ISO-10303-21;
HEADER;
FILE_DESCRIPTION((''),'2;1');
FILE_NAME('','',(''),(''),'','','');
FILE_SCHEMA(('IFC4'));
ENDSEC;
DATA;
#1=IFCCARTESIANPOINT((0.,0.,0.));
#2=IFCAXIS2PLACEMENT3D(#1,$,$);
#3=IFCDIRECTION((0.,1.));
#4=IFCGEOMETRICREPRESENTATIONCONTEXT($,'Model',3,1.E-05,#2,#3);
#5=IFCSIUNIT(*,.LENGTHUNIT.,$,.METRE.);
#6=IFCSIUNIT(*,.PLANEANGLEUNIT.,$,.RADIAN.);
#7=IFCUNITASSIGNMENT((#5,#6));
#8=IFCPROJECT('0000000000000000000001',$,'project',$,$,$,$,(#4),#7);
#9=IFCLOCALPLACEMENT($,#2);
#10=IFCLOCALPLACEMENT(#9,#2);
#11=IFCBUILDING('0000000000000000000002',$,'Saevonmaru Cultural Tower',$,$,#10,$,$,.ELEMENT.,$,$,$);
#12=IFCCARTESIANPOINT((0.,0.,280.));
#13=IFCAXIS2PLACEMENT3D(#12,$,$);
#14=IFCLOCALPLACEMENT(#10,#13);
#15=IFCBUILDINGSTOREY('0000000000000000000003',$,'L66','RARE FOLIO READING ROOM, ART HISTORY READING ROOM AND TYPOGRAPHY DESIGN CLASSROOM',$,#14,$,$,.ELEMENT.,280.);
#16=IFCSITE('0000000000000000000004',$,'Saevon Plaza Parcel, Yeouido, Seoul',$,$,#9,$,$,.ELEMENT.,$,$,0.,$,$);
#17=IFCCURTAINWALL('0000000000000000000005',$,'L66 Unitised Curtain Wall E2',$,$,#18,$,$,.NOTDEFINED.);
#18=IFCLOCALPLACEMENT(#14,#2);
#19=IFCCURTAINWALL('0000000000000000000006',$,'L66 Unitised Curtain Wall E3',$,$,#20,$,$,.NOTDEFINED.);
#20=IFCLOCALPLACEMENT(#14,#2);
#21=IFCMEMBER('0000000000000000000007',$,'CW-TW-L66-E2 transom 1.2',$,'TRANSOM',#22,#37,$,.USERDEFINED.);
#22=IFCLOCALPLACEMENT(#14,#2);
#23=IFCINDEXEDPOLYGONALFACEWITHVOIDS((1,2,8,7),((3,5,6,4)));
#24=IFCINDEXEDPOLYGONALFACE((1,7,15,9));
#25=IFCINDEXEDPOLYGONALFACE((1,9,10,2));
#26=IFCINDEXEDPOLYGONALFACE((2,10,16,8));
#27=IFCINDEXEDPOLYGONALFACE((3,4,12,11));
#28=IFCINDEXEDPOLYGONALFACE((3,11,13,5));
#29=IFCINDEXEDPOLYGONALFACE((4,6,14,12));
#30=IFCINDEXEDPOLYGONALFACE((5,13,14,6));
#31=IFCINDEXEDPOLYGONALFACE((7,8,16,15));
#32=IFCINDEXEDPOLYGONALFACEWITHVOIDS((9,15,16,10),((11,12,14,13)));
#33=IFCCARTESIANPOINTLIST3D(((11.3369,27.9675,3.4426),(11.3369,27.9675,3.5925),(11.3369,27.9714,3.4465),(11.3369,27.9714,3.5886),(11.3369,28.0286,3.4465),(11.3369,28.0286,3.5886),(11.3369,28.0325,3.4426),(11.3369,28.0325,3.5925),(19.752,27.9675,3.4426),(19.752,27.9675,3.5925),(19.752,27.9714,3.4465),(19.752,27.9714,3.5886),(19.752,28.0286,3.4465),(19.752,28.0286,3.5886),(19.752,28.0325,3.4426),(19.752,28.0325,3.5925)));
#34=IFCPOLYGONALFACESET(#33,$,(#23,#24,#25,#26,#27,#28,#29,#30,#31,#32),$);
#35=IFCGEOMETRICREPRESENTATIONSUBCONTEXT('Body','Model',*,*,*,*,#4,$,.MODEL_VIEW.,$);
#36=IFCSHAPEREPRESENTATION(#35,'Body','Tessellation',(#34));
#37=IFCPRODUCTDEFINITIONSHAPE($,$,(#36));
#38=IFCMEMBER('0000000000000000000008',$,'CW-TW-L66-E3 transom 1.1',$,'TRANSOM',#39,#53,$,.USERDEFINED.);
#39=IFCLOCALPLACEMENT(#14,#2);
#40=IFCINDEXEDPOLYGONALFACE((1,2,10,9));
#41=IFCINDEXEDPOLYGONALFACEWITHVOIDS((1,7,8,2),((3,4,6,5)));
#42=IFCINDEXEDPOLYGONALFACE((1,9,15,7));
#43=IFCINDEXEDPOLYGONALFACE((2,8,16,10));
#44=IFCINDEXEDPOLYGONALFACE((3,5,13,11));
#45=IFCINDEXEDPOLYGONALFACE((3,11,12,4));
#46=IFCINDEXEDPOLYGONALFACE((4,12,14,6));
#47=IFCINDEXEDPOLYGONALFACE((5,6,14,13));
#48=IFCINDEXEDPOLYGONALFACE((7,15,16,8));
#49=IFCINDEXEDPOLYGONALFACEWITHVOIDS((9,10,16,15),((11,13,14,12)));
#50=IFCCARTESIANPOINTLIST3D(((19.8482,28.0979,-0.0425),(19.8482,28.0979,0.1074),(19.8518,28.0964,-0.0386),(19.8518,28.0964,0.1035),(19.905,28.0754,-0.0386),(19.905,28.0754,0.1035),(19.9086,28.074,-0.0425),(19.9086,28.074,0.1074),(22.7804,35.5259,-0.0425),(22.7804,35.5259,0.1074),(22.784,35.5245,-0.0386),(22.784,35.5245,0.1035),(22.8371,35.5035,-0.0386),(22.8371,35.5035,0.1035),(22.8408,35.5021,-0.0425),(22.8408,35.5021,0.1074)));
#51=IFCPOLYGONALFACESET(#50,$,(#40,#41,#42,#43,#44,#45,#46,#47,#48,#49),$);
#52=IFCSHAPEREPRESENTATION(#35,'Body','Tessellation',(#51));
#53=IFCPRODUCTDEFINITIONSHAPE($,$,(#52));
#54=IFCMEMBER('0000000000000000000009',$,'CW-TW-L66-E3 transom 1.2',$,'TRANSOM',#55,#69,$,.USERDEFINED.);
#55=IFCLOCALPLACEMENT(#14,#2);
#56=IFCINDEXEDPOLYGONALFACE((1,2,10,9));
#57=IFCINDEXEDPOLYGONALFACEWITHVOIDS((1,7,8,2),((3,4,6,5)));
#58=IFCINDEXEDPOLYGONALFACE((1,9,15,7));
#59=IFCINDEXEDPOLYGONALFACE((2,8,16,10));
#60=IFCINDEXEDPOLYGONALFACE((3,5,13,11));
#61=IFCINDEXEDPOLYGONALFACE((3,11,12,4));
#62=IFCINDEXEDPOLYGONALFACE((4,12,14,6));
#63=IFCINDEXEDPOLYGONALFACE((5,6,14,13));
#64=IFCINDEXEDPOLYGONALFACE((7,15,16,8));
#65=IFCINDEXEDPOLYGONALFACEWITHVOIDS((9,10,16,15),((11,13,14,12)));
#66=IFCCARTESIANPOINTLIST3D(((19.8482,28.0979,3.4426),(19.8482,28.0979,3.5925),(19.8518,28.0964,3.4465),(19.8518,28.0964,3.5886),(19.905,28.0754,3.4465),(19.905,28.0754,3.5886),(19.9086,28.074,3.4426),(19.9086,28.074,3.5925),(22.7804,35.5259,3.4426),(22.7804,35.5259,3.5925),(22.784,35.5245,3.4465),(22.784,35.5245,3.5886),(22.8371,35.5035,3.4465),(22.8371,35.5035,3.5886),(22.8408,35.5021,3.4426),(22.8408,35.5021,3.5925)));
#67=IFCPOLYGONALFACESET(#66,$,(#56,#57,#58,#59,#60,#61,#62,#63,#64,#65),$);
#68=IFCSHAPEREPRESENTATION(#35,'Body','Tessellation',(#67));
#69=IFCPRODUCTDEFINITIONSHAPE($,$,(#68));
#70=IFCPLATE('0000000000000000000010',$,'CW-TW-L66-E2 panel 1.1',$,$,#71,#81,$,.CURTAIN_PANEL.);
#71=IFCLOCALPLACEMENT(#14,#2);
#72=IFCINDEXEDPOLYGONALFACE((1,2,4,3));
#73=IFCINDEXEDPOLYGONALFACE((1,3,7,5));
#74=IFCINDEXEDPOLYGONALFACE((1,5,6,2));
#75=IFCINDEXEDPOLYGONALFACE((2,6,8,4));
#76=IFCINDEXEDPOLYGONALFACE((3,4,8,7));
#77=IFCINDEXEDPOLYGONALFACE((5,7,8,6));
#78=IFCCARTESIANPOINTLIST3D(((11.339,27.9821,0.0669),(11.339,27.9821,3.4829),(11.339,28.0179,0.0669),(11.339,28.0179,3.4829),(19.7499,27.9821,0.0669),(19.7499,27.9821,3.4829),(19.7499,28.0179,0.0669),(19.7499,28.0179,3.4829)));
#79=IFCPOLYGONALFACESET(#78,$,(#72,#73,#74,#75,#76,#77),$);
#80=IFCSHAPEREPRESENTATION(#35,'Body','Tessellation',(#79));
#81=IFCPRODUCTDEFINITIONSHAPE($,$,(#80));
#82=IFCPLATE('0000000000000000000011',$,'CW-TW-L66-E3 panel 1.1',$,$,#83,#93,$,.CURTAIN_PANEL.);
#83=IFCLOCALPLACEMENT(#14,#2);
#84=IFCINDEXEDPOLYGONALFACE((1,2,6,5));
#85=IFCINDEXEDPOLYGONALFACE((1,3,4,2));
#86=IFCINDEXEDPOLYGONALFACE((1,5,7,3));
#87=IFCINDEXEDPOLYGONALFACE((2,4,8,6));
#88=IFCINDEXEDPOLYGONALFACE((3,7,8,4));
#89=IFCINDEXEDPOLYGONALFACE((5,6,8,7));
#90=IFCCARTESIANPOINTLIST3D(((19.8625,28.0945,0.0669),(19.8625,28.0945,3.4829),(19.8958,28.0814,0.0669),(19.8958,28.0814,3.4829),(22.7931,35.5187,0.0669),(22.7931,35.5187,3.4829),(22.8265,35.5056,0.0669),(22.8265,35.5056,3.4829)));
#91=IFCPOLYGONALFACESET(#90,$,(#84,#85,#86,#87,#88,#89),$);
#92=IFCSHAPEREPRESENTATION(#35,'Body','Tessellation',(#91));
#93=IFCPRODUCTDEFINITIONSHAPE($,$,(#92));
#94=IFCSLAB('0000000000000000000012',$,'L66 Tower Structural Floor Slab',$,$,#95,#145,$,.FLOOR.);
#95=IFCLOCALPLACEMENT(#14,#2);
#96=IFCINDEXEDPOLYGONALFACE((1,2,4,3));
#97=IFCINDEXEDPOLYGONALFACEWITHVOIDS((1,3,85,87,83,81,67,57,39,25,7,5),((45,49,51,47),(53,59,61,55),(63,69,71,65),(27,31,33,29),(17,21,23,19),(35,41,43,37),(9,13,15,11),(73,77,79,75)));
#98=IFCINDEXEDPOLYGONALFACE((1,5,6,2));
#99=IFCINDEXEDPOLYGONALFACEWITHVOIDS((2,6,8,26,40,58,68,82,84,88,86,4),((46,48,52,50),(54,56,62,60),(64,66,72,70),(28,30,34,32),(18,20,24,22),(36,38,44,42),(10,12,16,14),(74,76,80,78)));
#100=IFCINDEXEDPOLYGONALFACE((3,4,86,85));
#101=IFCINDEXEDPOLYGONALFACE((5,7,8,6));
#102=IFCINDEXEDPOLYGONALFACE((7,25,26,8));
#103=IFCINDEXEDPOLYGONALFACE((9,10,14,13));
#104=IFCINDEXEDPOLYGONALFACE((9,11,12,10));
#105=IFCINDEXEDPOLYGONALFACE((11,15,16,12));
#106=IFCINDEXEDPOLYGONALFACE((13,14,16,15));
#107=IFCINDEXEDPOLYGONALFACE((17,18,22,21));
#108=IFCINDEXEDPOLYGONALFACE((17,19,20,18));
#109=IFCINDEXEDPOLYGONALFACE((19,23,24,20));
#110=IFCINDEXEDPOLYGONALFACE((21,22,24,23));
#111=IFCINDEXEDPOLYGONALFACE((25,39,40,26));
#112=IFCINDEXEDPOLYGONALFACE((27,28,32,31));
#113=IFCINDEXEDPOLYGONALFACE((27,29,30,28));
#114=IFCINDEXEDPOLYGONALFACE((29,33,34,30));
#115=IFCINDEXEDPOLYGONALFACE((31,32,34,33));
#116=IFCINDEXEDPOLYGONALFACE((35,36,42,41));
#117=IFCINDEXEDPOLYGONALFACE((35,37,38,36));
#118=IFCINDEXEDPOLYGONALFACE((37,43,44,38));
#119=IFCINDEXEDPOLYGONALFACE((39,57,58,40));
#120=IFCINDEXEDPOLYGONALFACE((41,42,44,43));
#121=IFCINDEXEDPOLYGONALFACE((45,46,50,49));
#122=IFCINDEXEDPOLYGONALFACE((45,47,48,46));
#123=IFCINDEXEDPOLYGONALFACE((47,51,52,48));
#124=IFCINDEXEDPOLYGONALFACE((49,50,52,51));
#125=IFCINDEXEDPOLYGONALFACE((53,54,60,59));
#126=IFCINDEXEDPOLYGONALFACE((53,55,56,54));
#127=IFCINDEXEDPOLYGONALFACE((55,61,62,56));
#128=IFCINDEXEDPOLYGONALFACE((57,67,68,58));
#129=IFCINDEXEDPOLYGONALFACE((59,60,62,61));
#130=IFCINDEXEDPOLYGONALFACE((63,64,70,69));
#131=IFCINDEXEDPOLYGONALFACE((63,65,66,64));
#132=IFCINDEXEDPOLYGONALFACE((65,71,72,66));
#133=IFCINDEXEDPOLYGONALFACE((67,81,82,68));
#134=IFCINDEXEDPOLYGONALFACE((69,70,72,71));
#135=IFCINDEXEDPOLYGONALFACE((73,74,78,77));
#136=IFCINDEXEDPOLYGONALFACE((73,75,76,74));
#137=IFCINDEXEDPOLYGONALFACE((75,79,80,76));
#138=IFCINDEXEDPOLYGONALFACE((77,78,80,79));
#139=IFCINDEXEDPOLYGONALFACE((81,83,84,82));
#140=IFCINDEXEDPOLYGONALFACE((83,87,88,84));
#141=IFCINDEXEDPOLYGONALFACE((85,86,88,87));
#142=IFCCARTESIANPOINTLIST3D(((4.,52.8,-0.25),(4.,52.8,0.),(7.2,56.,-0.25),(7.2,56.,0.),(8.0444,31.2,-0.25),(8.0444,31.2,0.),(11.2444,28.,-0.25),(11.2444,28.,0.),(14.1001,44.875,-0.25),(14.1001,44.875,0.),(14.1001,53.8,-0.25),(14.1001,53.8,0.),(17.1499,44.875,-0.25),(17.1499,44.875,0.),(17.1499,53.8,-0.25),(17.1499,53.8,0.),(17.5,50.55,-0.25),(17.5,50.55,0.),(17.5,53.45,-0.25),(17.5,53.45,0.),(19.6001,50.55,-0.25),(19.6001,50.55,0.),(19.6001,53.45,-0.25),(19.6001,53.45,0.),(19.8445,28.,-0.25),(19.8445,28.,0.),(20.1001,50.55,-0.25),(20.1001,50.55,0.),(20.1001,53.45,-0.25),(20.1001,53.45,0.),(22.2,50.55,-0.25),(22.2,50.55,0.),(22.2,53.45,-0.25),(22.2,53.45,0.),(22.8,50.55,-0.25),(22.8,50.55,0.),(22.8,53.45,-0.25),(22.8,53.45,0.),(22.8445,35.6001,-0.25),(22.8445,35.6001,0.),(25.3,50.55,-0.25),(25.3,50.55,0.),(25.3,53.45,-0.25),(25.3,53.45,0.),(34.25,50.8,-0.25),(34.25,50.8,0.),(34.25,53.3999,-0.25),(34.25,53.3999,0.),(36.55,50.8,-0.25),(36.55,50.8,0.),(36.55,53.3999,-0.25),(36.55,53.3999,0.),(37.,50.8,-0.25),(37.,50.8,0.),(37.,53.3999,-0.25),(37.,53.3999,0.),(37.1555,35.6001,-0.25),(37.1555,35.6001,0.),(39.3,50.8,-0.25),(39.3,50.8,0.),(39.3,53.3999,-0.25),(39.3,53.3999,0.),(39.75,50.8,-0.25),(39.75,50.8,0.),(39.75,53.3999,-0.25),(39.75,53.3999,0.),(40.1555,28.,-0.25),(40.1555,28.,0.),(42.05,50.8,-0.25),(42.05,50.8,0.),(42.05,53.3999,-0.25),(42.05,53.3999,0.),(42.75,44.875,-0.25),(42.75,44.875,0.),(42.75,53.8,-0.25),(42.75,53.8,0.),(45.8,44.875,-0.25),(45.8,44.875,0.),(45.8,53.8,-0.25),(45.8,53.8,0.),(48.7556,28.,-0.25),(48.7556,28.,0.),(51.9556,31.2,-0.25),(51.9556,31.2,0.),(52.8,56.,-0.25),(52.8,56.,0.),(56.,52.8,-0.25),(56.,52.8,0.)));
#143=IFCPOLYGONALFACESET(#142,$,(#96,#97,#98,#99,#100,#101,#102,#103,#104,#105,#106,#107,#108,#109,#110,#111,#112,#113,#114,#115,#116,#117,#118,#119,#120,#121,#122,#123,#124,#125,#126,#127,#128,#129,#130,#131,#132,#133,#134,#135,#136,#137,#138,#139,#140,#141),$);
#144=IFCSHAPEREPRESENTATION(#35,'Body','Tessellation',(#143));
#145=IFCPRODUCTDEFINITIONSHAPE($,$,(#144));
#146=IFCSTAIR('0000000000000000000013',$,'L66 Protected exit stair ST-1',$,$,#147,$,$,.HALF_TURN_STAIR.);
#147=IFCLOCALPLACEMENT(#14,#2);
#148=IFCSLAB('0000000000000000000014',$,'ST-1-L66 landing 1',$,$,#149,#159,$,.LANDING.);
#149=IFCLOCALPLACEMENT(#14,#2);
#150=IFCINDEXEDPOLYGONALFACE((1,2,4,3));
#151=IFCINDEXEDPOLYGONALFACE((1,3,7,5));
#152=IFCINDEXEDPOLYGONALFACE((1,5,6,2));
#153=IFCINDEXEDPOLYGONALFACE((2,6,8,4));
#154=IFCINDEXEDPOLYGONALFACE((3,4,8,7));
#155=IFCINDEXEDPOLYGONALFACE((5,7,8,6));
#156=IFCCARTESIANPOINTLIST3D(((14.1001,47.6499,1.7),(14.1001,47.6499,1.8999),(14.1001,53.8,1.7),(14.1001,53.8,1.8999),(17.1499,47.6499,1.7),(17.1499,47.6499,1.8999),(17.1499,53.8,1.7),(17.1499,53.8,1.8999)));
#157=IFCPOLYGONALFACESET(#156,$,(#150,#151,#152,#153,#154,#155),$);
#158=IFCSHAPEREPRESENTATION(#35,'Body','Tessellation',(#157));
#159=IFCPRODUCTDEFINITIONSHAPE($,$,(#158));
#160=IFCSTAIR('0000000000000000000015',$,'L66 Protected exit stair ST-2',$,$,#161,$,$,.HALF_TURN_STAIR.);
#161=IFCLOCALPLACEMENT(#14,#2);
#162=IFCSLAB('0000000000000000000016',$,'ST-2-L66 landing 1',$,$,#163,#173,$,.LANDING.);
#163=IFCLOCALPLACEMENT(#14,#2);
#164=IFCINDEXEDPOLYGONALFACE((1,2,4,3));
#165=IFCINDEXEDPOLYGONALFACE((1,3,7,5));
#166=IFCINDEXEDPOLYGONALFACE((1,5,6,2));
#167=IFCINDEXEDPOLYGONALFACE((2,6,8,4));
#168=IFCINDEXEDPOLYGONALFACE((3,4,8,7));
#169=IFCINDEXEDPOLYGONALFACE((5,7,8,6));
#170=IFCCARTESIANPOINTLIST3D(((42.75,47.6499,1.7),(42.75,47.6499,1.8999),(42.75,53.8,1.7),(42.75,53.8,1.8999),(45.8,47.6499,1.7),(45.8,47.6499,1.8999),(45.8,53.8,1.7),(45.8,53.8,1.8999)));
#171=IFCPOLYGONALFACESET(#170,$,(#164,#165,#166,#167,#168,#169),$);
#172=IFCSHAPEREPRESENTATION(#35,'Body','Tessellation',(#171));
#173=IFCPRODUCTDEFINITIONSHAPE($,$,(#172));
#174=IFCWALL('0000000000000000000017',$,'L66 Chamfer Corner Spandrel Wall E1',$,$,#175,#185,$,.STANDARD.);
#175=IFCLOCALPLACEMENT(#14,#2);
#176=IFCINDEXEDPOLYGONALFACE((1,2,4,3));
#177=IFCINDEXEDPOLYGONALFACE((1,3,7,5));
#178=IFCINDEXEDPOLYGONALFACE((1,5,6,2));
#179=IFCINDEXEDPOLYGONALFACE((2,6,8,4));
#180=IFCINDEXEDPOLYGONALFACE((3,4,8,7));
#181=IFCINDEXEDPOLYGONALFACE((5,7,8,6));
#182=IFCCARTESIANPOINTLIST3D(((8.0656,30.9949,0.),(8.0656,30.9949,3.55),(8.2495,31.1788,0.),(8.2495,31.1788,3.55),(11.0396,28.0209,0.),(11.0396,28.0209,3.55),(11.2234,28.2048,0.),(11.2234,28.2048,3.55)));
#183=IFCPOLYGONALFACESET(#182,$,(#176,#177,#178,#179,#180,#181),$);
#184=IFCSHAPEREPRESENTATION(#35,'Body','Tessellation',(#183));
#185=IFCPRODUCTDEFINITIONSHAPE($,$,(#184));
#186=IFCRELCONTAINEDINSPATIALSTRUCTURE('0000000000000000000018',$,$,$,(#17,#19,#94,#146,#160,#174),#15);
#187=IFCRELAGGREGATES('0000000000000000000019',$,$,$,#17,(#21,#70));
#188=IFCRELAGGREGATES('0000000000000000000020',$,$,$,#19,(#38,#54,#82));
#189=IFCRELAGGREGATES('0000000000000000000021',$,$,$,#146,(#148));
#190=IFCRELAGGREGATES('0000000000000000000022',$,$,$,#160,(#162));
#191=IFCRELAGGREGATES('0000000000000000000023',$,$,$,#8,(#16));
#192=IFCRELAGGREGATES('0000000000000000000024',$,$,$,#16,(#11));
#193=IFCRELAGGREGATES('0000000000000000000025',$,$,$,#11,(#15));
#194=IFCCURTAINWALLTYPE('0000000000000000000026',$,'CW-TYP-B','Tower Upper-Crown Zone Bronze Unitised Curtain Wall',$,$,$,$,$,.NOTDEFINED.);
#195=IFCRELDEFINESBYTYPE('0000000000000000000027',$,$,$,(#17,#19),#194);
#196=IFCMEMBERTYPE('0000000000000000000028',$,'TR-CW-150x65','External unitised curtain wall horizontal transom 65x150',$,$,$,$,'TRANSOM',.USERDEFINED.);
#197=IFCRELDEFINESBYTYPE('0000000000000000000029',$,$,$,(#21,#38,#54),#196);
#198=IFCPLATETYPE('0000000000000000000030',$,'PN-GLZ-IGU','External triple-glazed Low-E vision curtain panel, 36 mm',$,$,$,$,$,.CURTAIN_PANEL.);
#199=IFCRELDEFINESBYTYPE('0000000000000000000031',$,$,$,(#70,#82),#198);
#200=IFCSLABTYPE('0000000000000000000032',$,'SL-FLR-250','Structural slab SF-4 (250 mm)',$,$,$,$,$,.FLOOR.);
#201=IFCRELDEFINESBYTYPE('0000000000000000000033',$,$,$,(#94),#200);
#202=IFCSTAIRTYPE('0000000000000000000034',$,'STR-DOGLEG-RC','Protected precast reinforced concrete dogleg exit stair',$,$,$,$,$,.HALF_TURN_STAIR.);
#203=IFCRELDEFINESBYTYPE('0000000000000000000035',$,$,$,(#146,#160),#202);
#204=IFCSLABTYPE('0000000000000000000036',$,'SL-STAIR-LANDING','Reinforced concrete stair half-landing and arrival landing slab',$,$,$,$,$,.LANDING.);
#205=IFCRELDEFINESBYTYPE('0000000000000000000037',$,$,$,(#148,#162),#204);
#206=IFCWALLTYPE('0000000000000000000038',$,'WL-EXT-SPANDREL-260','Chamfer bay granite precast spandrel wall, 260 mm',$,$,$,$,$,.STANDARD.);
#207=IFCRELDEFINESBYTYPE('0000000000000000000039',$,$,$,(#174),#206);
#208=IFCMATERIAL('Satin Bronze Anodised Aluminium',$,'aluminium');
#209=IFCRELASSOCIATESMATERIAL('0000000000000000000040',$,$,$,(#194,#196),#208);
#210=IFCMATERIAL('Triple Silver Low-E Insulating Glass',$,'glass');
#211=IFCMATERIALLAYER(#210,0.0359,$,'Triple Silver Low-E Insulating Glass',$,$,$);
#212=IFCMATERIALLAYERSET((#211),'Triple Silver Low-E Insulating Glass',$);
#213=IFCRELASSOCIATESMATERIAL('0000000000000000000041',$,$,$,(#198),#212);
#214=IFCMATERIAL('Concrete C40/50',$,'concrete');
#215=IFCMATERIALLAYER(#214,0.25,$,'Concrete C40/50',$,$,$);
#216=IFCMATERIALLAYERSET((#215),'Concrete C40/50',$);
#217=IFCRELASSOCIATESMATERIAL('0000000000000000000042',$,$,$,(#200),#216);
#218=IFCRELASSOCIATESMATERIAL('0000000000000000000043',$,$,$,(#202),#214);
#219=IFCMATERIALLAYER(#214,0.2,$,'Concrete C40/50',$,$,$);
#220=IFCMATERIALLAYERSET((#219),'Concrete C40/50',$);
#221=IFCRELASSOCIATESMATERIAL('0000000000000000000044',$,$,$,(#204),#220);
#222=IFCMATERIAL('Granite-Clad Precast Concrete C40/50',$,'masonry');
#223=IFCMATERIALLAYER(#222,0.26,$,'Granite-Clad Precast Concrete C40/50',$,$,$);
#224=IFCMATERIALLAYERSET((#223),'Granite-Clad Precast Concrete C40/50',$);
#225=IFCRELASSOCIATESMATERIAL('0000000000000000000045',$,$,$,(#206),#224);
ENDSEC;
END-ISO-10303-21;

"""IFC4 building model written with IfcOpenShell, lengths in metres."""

from ifc_helpers import new_model, si_unit, direction, frame, frame_2d, origin, origin_2d, place, context, subcontext, project, spatial, polyline, rectangle, hollow_rectangle, outline, extrude, material, layer, layer_set, material_profile, profile_set, type_object, element, aggregate, save


model = new_model("IFC4")

# Units and contexts
model_context = context("Model", 3, precision=1e-05, world=origin(), true_north=direction((0.0, 1.0)))
body_context = subcontext(model_context, "Body", "Model", "MODEL_VIEW")
ifc_project = project(units=[si_unit("LENGTHUNIT", "METRE"), si_unit("PLANEANGLEUNIT", "RADIAN")], contexts=[model_context])

# Site, building, storey
site_placement = place(None, origin())
site = spatial("IfcSite", under=ifc_project, at=site_placement, Name="Saevon Plaza Parcel, Yeouido, Seoul", CompositionType="ELEMENT", RefElevation=0.0)
building_placement = place(site_placement, origin())
building = spatial("IfcBuilding", under=site, at=building_placement, Name="Saevonmaru Cultural Tower", CompositionType="ELEMENT")
storey_placement = place(building_placement, frame((0.0, 0.0, 280.0)))
storey = spatial("IfcBuildingStorey", under=building, at=storey_placement, Name="L66", Description="RARE FOLIO READING ROOM, ART HISTORY READING ROOM AND TYPOGRAPHY DESIGN CLASSROOM", CompositionType="ELEMENT", Elevation=280.0)

# Curtain wall
ifc_material_1 = material(Name="Satin Bronze Anodised Aluminium", Category="aluminium")
curtain_wall_type = type_object("IfcCurtainWallType", Name="CW-TYP-B", Description="Tower Upper-Crown Zone Bronze Unitised Curtain Wall", PredefinedType="NOTDEFINED", material=ifc_material_1)
curtain_wall_1_placement = place(storey_placement, origin())
curtain_wall_1 = element("IfcCurtainWall", 1, at=curtain_wall_1_placement, inside=storey, type_object=curtain_wall_type, Name="L66 Unitised Curtain Wall E2", PredefinedType="NOTDEFINED")

# Curtain wall
curtain_wall_2_placement = place(storey_placement, origin())
curtain_wall_2 = element("IfcCurtainWall", 2, at=curtain_wall_2_placement, inside=storey, type_object=curtain_wall_type, Name="L66 Unitised Curtain Wall E3", PredefinedType="NOTDEFINED")

# Members
ifc_material_profile_1 = material_profile(ifc_material_1, hollow_rectangle(XDim=0.0649, YDim=0.1499, WallThickness=0.0039, at=origin_2d()), Name="ALU-TRAN-150x65x4")
ifc_profile_set_1 = profile_set([ifc_material_profile_1], Name="Satin Bronze Anodised Aluminium")
member_type_1 = type_object("IfcMemberType", Name="TR-CW-150x65", Description="External unitised curtain wall horizontal transom 65x150", ElementType="TRANSOM", PredefinedType="USERDEFINED", material=ifc_profile_set_1)
member_1_placement = place(storey_placement, frame((11.3369, 28.0, 3.5176), z_axis=(1.0, 0.0, 0.0), x_axis=(0.0, 1.0, 0.0)))
member_1 = element("IfcMember", 3, at=member_1_placement, type_object=member_type_1, Name="CW-TW-L66-E2 transom 1.2", ObjectType="TRANSOM", PredefinedType="USERDEFINED", context=body_context, shape_type="SweptSolid", body=[
    extrude(hollow_rectangle(XDim=0.0649, YDim=0.1499, WallThickness=0.0039, at=origin_2d()), origin(), (0.0, 0.0, 1.0), 8.415),
])
member_2_placement = place(storey_placement, frame((19.8784, 28.0859, 0.0325), z_axis=(0.36717, 0.930154, 0.0), x_axis=(-0.930154, 0.36717, 0.0)))
member_2 = element("IfcMember", 4, at=member_2_placement, type_object=member_type_1, Name="CW-TW-L66-E3 transom 1.1", ObjectType="TRANSOM", PredefinedType="USERDEFINED", context=body_context, shape_type="SweptSolid", body=[
    extrude(hollow_rectangle(XDim=0.0649, YDim=0.1499, WallThickness=0.0039, at=origin_2d()), origin(), (0.0, 0.0, 1.0), 7.9858),
])
member_3_placement = place(storey_placement, frame((19.8784, 28.0859, 3.5176), z_axis=(0.36717, 0.930154, 0.0), x_axis=(-0.930154, 0.36717, 0.0)))
member_3 = element("IfcMember", 5, at=member_3_placement, type_object=member_type_1, Name="CW-TW-L66-E3 transom 1.2", ObjectType="TRANSOM", PredefinedType="USERDEFINED", context=body_context, shape_type="SweptSolid", body=[
    extrude(hollow_rectangle(XDim=0.0649, YDim=0.1499, WallThickness=0.0039, at=origin_2d()), origin(), (0.0, 0.0, 1.0), 7.9858),
])

# Plates
ifc_material_2 = material(Name="Triple Silver Low-E Insulating Glass", Category="glass")
ifc_layer_1 = layer(ifc_material_2, 0.0359, Name="Triple Silver Low-E Insulating Glass")
ifc_layer_set_1 = layer_set([ifc_layer_1], Name="Triple Silver Low-E Insulating Glass")
plate_type = type_object("IfcPlateType", Name="PN-GLZ-IGU", Description="External triple-glazed Low-E vision curtain panel, 36 mm", PredefinedType="CURTAIN_PANEL", material=ifc_layer_set_1)
plate_1_placement = place(storey_placement, frame((15.5444, 28.0, 0.0669), z_axis=(0.0, 0.0, 1.0), x_axis=(1.0, 0.0, 0.0)))
plate_1 = element("IfcPlate", 6, at=plate_1_placement, type_object=plate_type, Name="CW-TW-L66-E2 panel 1.1", PredefinedType="CURTAIN_PANEL", context=body_context, shape_type="SweptSolid", body=[
    extrude(rectangle(XDim=8.4109, YDim=0.0359, at=origin_2d()), origin(), (0.0, 0.0, 1.0), 3.416),
])
aggregate(curtain_wall_1, [member_1, plate_1])
plate_2_placement = place(storey_placement, frame((21.3445, 31.8, 0.0669), z_axis=(0.0, 0.0, 1.0), x_axis=(0.367172, 0.930153, 0.0)))
plate_2 = element("IfcPlate", 7, at=plate_2_placement, type_object=plate_type, Name="CW-TW-L66-E3 panel 1.1", PredefinedType="CURTAIN_PANEL", context=body_context, shape_type="SweptSolid", body=[
    extrude(rectangle(XDim=7.9817, YDim=0.0359, at=origin_2d()), origin(), (0.0, 0.0, 1.0), 3.416),
])
aggregate(curtain_wall_2, [member_2, member_3, plate_2])

# Slab
ifc_material_3 = material(Name="Concrete C40/50", Category="concrete")
ifc_layer_2 = layer(ifc_material_3, 0.25, Name="Concrete C40/50")
ifc_layer_set_2 = layer_set([ifc_layer_2], Name="Concrete C40/50")
slab_type_1 = type_object("IfcSlabType", Name="SL-FLR-250", Description="Structural slab SF-4 (250 mm)", PredefinedType="FLOOR", material=ifc_layer_set_2)
slab_1_placement = place(storey_placement, frame((0.0, 0.0, -0.25)))
element("IfcSlab", 8, at=slab_1_placement, inside=storey, type_object=slab_type_1, Name="L66 Tower Structural Floor Slab", PredefinedType="FLOOR", context=body_context, shape_type="SweptSolid", body=[
    extrude(outline(polyline([(8.0444, 31.2), (11.2444, 28.0), (19.8445, 28.0), (22.8445, 35.6001), (37.1555, 35.6001), (40.1555, 28.0), (48.7556, 28.0), (51.9556, 31.2), (56.0, 52.8), (52.8, 56.0), (7.2, 56.0), (4.0, 52.8), (8.0444, 31.2)]), holes=[polyline([(45.8, 53.8), (45.8, 44.875), (42.75, 44.875), (42.75, 53.8), (45.8, 53.8)]), polyline([(42.05, 50.8), (39.75, 50.8), (39.75, 53.3999), (42.05, 53.3999), (42.05, 50.8)]), polyline([(39.3, 50.8), (37.0, 50.8), (37.0, 53.3999), (39.3, 53.3999), (39.3, 50.8)]), polyline([(36.55, 50.8), (34.25, 50.8), (34.25, 53.3999), (36.55, 53.3999), (36.55, 50.8)]), polyline([(25.3, 50.55), (22.8, 50.55), (22.8, 53.45), (25.3, 53.45), (25.3, 50.55)]), polyline([(22.2, 50.55), (20.1001, 50.55), (20.1001, 53.45), (22.2, 53.45), (22.2, 50.55)]), polyline([(19.6001, 50.55), (17.5, 50.55), (17.5, 53.45), (19.6001, 53.45), (19.6001, 50.55)]), polyline([(17.1499, 53.8), (17.1499, 44.875), (14.1001, 44.875), (14.1001, 53.8), (17.1499, 53.8)])]), origin(), (0.0, 0.0, 1.0), 0.25),
])

# Stairs, slabs
stair_type = type_object("IfcStairType", Name="STR-DOGLEG-RC", Description="Protected precast reinforced concrete dogleg exit stair", PredefinedType="HALF_TURN_STAIR", material=ifc_material_3)
stair_1_placement = place(storey_placement, origin())
stair_1 = element("IfcStair", 9, at=stair_1_placement, inside=storey, type_object=stair_type, Name="L66 Protected exit stair ST-1", PredefinedType="HALF_TURN_STAIR")
ifc_layer_3 = layer(ifc_material_3, 0.2, Name="Concrete C40/50")
ifc_layer_set_3 = layer_set([ifc_layer_3], Name="Concrete C40/50")
slab_type_2 = type_object("IfcSlabType", Name="SL-STAIR-LANDING", Description="Reinforced concrete stair half-landing and arrival landing slab", PredefinedType="LANDING", material=ifc_layer_set_3)
slab_2_placement = place(storey_placement, frame((0.0, 0.0, 1.7)))
slab_2 = element("IfcSlab", 10, at=slab_2_placement, type_object=slab_type_2, Name="ST-1-L66 landing 1", PredefinedType="LANDING", context=body_context, shape_type="SweptSolid", body=[
    extrude(outline(polyline([(17.1499, 47.6499), (17.1499, 53.8), (14.1001, 53.8), (14.1001, 47.6499), (17.1499, 47.6499)])), origin(), (0.0, 0.0, 1.0), 0.2),
])
aggregate(stair_1, [slab_2])
stair_2_placement = place(storey_placement, origin())
stair_2 = element("IfcStair", 11, at=stair_2_placement, inside=storey, type_object=stair_type, Name="L66 Protected exit stair ST-2", PredefinedType="HALF_TURN_STAIR")
slab_3_placement = place(storey_placement, frame((0.0, 0.0, 1.7)))
slab_3 = element("IfcSlab", 12, at=slab_3_placement, type_object=slab_type_2, Name="ST-2-L66 landing 1", PredefinedType="LANDING", context=body_context, shape_type="SweptSolid", body=[
    extrude(outline(polyline([(45.8, 47.6499), (45.8, 53.8), (42.75, 53.8), (42.75, 47.6499), (45.8, 47.6499)])), origin(), (0.0, 0.0, 1.0), 0.2),
])
aggregate(stair_2, [slab_3])

# Wall
ifc_material_4 = material(Name="Granite-Clad Precast Concrete C40/50", Category="masonry")
ifc_layer_4 = layer(ifc_material_4, 0.26, Name="Granite-Clad Precast Concrete C40/50")
ifc_layer_set_4 = layer_set([ifc_layer_4], Name="Granite-Clad Precast Concrete C40/50")
wall_type_1 = type_object("IfcWallType", Name="WL-EXT-SPANDREL-260", Description="Chamfer bay granite precast spandrel wall, 260 mm", PredefinedType="STANDARD", material=ifc_layer_set_4)
wall_1_placement = place(storey_placement, frame((8.1575, 31.0869, 0.0), z_axis=(0.0, 0.0, 1.0), x_axis=(0.707107, -0.707107, 0.0)))
element("IfcWall", 13, at=wall_1_placement, inside=storey, type_object=wall_type_1, Name="L66 Chamfer Corner Spandrel Wall E1", PredefinedType="STANDARD", context=body_context, shape_type="SweptSolid", body=[
    extrude(rectangle(XDim=4.2058, YDim=0.26, at=frame_2d((2.103, 0.0))), origin(), (0.0, 0.0, 1.0), 3.55),
])

save(model, "model.ifc")
